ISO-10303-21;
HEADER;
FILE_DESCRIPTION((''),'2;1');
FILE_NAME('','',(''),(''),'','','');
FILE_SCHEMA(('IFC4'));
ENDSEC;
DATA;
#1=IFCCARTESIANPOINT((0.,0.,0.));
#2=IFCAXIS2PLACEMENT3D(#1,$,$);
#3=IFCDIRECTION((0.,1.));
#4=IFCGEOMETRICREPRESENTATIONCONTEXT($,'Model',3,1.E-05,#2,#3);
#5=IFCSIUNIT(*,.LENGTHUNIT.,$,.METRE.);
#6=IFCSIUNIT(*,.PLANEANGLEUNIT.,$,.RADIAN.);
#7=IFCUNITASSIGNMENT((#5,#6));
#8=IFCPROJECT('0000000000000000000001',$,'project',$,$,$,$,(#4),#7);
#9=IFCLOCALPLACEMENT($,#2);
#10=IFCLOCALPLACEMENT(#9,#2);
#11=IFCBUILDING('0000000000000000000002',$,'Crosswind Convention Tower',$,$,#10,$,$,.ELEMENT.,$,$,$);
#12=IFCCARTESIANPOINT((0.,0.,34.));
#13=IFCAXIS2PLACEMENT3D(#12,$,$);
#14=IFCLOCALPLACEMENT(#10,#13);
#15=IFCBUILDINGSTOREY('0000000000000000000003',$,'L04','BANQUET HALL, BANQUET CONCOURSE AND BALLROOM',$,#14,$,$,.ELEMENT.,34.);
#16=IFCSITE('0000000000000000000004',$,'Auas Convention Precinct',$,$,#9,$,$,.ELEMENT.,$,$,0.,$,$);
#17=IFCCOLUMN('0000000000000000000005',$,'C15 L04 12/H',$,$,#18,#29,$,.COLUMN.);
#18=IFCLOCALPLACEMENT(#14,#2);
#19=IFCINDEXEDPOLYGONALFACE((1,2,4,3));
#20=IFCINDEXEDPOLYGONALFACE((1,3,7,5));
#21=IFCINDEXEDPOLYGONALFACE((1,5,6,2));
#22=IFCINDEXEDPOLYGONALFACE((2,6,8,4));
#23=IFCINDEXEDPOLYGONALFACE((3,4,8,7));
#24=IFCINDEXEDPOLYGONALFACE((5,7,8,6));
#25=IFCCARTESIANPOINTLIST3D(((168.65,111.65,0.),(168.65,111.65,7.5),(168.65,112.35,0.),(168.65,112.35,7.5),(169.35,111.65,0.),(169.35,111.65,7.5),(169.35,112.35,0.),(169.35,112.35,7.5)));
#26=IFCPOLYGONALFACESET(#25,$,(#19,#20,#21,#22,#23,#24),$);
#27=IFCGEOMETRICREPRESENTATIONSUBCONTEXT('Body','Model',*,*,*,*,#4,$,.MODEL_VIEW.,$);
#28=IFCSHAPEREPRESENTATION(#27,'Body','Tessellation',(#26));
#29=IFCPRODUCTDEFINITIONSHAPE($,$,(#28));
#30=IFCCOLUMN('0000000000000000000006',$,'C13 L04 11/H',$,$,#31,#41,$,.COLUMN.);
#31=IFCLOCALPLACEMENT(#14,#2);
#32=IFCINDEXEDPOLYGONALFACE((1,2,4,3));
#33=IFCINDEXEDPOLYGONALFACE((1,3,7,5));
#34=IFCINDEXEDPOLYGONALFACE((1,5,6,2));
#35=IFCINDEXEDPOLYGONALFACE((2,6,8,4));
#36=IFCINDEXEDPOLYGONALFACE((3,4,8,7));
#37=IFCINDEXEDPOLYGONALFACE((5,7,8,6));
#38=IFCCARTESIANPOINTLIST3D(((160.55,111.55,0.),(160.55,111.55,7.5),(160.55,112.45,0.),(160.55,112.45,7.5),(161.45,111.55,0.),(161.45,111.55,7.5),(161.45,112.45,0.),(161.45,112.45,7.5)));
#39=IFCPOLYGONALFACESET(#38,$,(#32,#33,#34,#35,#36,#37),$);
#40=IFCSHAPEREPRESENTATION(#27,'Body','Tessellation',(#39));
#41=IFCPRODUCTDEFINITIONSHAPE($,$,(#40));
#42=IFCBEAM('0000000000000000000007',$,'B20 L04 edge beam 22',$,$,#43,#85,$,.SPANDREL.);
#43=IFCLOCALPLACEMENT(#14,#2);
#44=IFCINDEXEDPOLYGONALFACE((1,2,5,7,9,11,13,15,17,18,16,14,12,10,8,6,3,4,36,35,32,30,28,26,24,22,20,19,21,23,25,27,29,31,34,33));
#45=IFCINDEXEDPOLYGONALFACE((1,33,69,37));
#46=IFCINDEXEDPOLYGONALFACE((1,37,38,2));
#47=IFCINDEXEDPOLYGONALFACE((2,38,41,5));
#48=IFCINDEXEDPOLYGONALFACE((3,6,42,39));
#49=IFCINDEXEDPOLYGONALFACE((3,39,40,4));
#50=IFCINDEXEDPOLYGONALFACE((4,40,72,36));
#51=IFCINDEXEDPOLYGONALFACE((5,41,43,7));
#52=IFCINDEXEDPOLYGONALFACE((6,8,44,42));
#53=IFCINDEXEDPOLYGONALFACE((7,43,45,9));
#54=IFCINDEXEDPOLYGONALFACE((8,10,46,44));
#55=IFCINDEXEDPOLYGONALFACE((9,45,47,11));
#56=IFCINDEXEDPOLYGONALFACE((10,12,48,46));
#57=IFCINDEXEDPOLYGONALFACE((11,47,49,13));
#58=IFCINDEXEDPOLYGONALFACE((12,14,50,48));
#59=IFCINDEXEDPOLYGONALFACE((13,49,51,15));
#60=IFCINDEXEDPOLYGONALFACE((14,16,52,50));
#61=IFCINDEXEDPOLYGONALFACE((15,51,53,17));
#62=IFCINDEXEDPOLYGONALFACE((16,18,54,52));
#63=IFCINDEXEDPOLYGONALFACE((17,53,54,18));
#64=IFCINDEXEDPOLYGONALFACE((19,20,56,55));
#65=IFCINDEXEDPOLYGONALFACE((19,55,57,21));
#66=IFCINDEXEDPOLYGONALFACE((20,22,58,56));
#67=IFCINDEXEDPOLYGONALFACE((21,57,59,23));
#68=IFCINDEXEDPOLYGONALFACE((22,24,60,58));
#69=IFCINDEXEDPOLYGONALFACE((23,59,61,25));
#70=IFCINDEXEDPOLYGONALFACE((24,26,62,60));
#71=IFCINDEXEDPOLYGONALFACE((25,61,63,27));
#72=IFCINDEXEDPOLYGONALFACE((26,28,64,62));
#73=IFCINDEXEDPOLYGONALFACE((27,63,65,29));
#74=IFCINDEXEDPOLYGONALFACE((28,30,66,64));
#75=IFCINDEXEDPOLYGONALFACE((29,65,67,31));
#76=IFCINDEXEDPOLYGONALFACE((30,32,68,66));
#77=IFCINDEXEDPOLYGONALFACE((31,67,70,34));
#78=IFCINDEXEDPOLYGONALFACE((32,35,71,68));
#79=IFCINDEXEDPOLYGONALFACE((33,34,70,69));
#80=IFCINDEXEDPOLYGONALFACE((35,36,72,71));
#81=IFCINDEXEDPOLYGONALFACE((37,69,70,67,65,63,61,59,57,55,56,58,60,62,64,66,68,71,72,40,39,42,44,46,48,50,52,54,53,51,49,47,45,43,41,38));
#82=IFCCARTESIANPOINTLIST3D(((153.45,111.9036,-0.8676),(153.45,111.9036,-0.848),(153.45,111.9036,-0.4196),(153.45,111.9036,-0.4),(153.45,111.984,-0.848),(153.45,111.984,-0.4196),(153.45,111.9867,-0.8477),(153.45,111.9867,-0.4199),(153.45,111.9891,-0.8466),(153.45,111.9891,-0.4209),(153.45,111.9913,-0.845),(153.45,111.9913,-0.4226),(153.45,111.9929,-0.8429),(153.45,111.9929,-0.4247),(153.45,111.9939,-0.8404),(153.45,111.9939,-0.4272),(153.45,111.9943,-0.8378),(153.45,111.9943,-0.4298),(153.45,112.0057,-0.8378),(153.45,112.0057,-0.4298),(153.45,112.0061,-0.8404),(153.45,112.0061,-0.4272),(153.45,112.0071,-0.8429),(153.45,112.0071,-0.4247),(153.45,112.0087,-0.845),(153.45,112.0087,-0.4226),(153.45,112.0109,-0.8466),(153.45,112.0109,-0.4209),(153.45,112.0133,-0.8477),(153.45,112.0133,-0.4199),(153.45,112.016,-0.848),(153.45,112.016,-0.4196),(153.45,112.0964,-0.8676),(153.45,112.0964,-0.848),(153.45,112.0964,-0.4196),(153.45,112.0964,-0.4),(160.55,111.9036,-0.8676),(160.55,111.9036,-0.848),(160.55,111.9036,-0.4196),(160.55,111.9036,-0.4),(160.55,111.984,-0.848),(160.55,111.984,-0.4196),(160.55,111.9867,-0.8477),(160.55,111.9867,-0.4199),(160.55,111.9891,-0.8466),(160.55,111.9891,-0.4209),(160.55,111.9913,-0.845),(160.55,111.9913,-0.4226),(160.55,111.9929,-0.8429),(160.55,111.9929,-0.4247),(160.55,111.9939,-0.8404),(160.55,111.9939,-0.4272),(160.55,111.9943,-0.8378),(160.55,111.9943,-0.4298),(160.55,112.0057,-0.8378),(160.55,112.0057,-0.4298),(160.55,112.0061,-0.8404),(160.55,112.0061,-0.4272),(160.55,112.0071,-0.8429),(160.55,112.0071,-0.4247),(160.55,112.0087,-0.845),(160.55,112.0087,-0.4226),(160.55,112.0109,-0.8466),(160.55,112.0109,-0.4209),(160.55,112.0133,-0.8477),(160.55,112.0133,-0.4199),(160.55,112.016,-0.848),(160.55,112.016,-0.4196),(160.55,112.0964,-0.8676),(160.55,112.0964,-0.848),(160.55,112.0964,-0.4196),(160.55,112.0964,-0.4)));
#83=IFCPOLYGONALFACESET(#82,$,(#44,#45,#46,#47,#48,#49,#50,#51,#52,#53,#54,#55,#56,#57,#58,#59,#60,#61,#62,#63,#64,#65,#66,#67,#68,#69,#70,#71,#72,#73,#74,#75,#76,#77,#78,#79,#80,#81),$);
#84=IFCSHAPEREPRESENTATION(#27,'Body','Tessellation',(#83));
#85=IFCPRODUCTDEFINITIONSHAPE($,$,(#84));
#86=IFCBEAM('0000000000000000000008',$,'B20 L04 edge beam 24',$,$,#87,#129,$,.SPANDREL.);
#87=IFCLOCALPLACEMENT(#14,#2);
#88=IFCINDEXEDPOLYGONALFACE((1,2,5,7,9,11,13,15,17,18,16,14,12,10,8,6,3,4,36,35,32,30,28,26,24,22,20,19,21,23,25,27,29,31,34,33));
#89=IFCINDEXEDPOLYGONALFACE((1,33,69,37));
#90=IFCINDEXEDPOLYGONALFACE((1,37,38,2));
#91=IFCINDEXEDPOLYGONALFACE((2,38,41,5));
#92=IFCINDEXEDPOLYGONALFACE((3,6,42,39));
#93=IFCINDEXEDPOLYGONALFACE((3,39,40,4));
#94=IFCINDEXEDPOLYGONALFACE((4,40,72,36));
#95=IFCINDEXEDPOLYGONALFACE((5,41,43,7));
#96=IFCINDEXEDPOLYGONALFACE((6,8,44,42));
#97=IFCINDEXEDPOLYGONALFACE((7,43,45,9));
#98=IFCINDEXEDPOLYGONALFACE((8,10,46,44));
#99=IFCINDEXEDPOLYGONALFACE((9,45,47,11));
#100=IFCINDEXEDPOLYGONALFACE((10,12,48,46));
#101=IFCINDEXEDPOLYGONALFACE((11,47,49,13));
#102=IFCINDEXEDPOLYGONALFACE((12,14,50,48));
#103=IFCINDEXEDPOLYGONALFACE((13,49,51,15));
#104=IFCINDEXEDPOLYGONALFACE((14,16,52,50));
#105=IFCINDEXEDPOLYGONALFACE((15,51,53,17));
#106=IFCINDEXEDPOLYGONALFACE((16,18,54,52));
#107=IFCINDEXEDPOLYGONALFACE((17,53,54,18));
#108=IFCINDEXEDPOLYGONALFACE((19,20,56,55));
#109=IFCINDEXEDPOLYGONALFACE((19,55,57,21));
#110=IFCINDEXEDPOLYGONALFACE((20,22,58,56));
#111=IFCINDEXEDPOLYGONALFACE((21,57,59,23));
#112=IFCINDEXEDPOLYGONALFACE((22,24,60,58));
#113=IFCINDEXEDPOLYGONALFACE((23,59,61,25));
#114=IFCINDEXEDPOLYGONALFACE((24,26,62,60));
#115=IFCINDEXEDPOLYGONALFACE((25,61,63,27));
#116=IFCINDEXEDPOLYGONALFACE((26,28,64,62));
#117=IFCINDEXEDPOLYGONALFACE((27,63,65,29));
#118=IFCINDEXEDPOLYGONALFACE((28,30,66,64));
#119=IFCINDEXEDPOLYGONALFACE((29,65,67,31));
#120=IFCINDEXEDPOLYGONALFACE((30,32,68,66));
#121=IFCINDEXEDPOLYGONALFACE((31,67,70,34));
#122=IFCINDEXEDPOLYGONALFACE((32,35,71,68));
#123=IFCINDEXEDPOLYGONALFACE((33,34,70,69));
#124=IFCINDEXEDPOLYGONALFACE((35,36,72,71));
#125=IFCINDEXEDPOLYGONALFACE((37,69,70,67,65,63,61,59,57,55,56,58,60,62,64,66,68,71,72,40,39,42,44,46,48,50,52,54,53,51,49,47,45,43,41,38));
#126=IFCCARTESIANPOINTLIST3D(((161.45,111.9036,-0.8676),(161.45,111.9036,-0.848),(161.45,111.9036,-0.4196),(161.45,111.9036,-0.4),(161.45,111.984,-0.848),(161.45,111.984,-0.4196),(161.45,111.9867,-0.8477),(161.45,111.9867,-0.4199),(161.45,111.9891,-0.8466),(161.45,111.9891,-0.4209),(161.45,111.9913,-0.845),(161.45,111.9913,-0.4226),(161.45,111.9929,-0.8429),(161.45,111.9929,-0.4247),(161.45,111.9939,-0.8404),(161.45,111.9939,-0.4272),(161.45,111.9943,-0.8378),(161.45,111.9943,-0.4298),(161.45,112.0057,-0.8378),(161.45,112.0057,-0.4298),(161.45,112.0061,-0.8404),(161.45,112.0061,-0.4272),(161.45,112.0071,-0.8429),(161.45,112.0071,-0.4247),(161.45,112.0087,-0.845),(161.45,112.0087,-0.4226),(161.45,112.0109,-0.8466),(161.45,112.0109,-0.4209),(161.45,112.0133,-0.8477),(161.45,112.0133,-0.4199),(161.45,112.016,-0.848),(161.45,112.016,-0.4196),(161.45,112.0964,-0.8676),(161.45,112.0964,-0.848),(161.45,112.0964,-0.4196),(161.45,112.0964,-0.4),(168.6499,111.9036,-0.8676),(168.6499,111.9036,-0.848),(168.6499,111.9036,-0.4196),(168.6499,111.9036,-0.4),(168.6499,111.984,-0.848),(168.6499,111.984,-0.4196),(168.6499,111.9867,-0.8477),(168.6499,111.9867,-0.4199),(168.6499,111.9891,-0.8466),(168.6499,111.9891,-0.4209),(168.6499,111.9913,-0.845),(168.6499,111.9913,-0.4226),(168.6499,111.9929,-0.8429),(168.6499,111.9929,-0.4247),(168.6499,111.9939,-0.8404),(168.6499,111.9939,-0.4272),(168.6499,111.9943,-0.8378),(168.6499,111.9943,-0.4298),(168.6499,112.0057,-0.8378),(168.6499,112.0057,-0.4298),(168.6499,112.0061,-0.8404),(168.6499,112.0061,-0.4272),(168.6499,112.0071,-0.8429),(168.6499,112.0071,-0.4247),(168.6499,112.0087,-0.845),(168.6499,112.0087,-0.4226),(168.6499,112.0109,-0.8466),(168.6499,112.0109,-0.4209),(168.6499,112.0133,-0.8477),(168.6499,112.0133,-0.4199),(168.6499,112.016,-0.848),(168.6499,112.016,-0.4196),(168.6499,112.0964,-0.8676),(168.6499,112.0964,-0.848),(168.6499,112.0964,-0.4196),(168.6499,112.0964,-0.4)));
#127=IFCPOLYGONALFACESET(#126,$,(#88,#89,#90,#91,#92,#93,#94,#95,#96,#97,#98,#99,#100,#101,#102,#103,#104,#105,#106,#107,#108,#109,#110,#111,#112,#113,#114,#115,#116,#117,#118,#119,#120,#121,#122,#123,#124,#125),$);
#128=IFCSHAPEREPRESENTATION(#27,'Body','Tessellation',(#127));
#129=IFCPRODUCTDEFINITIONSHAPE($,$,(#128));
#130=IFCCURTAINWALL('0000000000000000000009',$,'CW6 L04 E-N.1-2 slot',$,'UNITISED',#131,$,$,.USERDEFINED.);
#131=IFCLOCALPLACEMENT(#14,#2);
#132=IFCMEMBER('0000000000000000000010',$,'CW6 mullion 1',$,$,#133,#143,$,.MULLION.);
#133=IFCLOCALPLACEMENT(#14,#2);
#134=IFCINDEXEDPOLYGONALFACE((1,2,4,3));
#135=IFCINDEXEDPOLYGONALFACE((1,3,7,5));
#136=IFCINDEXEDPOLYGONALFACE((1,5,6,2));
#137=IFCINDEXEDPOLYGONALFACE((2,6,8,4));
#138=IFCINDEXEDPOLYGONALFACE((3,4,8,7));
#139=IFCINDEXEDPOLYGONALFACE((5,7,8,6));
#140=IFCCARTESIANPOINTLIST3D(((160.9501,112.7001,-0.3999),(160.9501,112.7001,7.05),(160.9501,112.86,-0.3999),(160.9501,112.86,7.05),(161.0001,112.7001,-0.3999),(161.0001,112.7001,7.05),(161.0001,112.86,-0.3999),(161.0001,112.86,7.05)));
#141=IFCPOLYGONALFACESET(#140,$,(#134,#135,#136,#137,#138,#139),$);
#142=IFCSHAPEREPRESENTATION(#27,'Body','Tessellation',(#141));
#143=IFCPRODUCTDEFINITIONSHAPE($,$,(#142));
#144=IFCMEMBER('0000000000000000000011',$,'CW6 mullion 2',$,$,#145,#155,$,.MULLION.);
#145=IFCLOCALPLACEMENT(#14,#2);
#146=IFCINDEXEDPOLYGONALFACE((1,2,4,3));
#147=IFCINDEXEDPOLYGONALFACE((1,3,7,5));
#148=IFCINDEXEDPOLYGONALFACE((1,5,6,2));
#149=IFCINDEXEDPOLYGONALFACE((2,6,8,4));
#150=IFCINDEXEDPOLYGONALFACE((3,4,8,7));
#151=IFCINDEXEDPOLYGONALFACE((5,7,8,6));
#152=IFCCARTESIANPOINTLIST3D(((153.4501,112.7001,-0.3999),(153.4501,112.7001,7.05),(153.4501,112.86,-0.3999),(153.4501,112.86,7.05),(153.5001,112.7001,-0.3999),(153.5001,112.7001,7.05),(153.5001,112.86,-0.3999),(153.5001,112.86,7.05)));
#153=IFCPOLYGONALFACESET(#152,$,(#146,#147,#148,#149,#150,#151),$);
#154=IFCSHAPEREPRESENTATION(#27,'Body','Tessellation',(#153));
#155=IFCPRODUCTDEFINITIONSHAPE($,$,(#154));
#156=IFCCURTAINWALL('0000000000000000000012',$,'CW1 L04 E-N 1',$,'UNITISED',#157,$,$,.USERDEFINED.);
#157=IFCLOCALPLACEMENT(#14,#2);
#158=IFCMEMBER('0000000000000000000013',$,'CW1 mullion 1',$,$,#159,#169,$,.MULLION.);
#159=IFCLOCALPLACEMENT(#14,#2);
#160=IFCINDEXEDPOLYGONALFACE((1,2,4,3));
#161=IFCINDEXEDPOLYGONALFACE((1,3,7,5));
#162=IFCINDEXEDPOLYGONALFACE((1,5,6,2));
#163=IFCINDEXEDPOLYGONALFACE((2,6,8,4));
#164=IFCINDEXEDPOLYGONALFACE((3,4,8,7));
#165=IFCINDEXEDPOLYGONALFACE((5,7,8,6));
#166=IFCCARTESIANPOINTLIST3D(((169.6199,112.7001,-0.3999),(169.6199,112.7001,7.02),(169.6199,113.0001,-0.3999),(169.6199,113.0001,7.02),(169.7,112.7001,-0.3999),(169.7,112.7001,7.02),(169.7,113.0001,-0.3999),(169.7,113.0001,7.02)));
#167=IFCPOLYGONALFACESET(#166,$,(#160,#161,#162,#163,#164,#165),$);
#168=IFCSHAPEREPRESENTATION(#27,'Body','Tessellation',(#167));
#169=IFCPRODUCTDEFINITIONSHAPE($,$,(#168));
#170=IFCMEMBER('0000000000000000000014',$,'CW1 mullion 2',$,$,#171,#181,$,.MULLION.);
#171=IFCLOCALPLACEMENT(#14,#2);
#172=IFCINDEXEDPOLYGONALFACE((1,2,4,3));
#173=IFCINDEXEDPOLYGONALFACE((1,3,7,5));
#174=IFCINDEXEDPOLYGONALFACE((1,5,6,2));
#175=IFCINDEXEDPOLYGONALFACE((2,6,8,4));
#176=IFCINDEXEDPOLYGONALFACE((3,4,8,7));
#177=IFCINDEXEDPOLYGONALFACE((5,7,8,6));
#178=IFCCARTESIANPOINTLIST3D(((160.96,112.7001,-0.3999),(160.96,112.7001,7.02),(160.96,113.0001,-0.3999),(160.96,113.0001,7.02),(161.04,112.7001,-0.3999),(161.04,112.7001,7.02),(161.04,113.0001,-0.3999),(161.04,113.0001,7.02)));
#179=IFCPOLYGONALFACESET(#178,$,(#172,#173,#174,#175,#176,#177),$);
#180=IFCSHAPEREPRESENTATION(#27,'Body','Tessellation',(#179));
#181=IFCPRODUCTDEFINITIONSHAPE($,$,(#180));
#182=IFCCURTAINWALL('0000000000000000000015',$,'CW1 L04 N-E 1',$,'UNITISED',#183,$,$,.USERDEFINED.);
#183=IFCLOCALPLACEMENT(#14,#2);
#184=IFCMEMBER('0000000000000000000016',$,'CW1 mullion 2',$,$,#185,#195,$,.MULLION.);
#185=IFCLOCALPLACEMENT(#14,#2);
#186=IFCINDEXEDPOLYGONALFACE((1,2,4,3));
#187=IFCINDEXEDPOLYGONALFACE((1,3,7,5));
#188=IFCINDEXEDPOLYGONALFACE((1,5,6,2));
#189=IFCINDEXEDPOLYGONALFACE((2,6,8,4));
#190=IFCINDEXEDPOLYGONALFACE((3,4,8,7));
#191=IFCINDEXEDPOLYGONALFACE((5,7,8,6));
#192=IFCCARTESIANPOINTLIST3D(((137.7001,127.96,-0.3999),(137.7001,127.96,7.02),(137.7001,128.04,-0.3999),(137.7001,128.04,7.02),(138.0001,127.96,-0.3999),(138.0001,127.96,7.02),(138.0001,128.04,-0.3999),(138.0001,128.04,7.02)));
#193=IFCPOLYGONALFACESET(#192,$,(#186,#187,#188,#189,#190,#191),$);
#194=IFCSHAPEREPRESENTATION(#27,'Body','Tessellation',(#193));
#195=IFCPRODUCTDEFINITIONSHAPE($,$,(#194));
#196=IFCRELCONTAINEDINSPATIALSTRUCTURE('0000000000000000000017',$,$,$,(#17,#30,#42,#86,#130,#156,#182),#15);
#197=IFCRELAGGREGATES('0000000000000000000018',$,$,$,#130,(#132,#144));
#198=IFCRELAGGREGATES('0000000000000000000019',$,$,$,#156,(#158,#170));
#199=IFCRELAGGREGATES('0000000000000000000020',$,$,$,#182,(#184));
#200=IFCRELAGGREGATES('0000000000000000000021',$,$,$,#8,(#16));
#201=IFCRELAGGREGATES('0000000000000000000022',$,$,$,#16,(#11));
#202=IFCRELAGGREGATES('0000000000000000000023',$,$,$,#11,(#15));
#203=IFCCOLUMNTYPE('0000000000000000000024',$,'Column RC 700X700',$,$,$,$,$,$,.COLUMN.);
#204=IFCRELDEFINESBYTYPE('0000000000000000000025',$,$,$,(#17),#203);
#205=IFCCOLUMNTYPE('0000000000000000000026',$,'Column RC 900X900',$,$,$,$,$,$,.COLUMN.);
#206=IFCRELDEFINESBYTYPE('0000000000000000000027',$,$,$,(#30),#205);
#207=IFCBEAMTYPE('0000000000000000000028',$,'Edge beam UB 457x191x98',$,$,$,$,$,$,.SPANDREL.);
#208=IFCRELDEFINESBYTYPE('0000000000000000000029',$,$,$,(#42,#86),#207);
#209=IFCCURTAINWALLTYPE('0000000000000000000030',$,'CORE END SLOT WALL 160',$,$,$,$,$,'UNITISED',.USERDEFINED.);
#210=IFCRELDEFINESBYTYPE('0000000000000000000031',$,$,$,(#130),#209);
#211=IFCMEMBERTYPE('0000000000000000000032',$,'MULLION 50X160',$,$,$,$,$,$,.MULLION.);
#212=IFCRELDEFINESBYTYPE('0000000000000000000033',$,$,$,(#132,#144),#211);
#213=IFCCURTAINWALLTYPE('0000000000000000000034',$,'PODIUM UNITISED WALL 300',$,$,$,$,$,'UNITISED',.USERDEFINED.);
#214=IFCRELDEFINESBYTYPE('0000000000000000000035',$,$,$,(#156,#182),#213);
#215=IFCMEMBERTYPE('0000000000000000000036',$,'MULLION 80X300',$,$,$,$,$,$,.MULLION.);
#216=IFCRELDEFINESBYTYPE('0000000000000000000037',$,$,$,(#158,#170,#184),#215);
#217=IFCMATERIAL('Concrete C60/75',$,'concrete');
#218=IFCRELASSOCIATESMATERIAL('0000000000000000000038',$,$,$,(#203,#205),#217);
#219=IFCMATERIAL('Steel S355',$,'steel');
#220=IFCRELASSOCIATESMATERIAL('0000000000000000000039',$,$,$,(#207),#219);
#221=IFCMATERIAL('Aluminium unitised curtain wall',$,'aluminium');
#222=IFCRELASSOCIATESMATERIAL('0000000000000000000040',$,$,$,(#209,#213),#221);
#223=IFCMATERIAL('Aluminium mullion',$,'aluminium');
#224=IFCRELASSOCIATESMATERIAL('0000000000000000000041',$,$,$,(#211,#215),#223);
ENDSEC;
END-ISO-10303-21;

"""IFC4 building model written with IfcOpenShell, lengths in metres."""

from ifc_helpers import new_model, si_unit, direction, frame, origin, origin_2d, place, context, subcontext, project, spatial, rectangle, i_section, extrude, material, material_profile, profile_set, type_object, element, aggregate, save


model = new_model("IFC4")

# Units and contexts
model_context = context("Model", 3, precision=1e-05, world=origin(), true_north=direction((0.0, 1.0)))
body_context = subcontext(model_context, "Body", "Model", "MODEL_VIEW")
ifc_project = project(units=[si_unit("LENGTHUNIT", "METRE"), si_unit("PLANEANGLEUNIT", "RADIAN")], contexts=[model_context])

# Site, building, storey
site_placement = place(None, origin())
site = spatial("IfcSite", under=ifc_project, at=site_placement, Name="Auas Convention Precinct", CompositionType="ELEMENT", RefElevation=0.0)
building_placement = place(site_placement, origin())
building = spatial("IfcBuilding", under=site, at=building_placement, Name="Crosswind Convention Tower", CompositionType="ELEMENT")
storey_placement = place(building_placement, frame((0.0, 0.0, 34.0)))
storey = spatial("IfcBuildingStorey", under=building, at=storey_placement, Name="L04", Description="BANQUET HALL, BANQUET CONCOURSE AND BALLROOM", CompositionType="ELEMENT", Elevation=34.0)

# Columns
ifc_material_1 = material(Name="Concrete C60/75", Category="concrete")
ifc_material_profile_1 = material_profile(ifc_material_1, rectangle(XDim=0.7, YDim=0.7, at=origin_2d()), Name="RC 700X700")
ifc_profile_set_1 = profile_set([ifc_material_profile_1], Name="Concrete C60/75")
column_type_1 = type_object("IfcColumnType", Name="Column RC 700X700", PredefinedType="COLUMN", material=ifc_profile_set_1)
column_1_placement = place(storey_placement, frame((169.0, 112.0, 0.0), z_axis=(0.0, 0.0, 1.0), x_axis=(1.0, 0.0, 0.0)))
element("IfcColumn", 1, at=column_1_placement, inside=storey, type_object=column_type_1, Name="C15 L04 12/H", PredefinedType="COLUMN", context=body_context, shape_type="SweptSolid", body=[
    extrude(rectangle(XDim=0.7, YDim=0.7, at=origin_2d()), origin(), (0.0, 0.0, 1.0), 7.5),
])
ifc_material_profile_2 = material_profile(ifc_material_1, rectangle(XDim=0.8999, YDim=0.8999, at=origin_2d()), Name="RC 900X900")
ifc_profile_set_2 = profile_set([ifc_material_profile_2], Name="Concrete C60/75")
column_type_2 = type_object("IfcColumnType", Name="Column RC 900X900", PredefinedType="COLUMN", material=ifc_profile_set_2)
column_2_placement = place(storey_placement, frame((161.0, 112.0, 0.0), z_axis=(0.0, 0.0, 1.0), x_axis=(1.0, 0.0, 0.0)))
element("IfcColumn", 2, at=column_2_placement, inside=storey, type_object=column_type_2, Name="C13 L04 11/H", PredefinedType="COLUMN", context=body_context, shape_type="SweptSolid", body=[
    extrude(rectangle(XDim=0.8999, YDim=0.8999, at=origin_2d()), origin(), (0.0, 0.0, 1.0), 7.5),
])

# Beams
ifc_material_2 = material(Name="Steel S355", Category="steel")
ifc_material_profile_3 = material_profile(ifc_material_2, i_section(OverallWidth=0.1929, OverallDepth=0.4675, WebThickness=0.0115, FlangeThickness=0.0195, FilletRadius=0.0103, at=origin_2d()), Name="UB 457x191x98")
ifc_profile_set_3 = profile_set([ifc_material_profile_3], Name="Steel S355")
beam_type_1 = type_object("IfcBeamType", Name="Edge beam UB 457x191x98", PredefinedType="SPANDREL", material=ifc_profile_set_3)
beam_1_placement = place(storey_placement, frame((153.45, 112.0, -0.6338), z_axis=(1.0, 0.0, 0.0), x_axis=(0.0, 1.0, 0.0)))
element("IfcBeam", 3, at=beam_1_placement, inside=storey, type_object=beam_type_1, Name="B20 L04 edge beam 22", PredefinedType="SPANDREL", context=body_context, shape_type="SweptSolid", body=[
    extrude(i_section(OverallWidth=0.1929, OverallDepth=0.4675, WebThickness=0.0115, FlangeThickness=0.0195, FilletRadius=0.0103, at=origin_2d()), origin(), (0.0, 0.0, 1.0), 7.1001),
])
beam_2_placement = place(storey_placement, frame((161.45, 112.0, -0.6338), z_axis=(1.0, 0.0, 0.0), x_axis=(0.0, 1.0, 0.0)))
element("IfcBeam", 4, at=beam_2_placement, inside=storey, type_object=beam_type_1, Name="B20 L04 edge beam 24", PredefinedType="SPANDREL", context=body_context, shape_type="SweptSolid", body=[
    extrude(i_section(OverallWidth=0.1929, OverallDepth=0.4675, WebThickness=0.0115, FlangeThickness=0.0195, FilletRadius=0.0103, at=origin_2d()), origin(), (0.0, 0.0, 1.0), 7.2),
])

# Curtain walls, members
ifc_material_3 = material(Name="Aluminium unitised curtain wall", Category="aluminium")
curtain_wall_type_1 = type_object("IfcCurtainWallType", Name="CORE END SLOT WALL 160", ElementType="UNITISED", PredefinedType="USERDEFINED", material=ifc_material_3)
curtain_wall_1_placement = place(storey_placement, origin())
curtain_wall_1 = element("IfcCurtainWall", 5, at=curtain_wall_1_placement, inside=storey, type_object=curtain_wall_type_1, Name="CW6 L04 E-N.1-2 slot", ObjectType="UNITISED", PredefinedType="USERDEFINED")
ifc_material_4 = material(Name="Aluminium mullion", Category="aluminium")
ifc_material_profile_4 = material_profile(ifc_material_4, rectangle(XDim=0.1599, YDim=0.05, at=origin_2d()), Name="AL 160X50")
ifc_profile_set_4 = profile_set([ifc_material_profile_4], Name="Aluminium mullion")
member_type_1 = type_object("IfcMemberType", Name="MULLION 50X160", PredefinedType="MULLION", material=ifc_profile_set_4)
member_1_placement = place(storey_placement, frame((160.9751, 112.78, -0.3999), z_axis=(0.0, 0.0, 1.0), x_axis=(0.0, 1.0, 0.0)))
member_1 = element("IfcMember", 6, at=member_1_placement, type_object=member_type_1, Name="CW6 mullion 1", PredefinedType="MULLION", context=body_context, shape_type="SweptSolid", body=[
    extrude(rectangle(XDim=0.1599, YDim=0.05, at=origin_2d()), origin(), (0.0, 0.0, 1.0), 7.45),
])
member_2_placement = place(storey_placement, frame((153.4751, 112.78, -0.3999), z_axis=(0.0, 0.0, 1.0), x_axis=(0.0, 1.0, 0.0)))
member_2 = element("IfcMember", 7, at=member_2_placement, type_object=member_type_1, Name="CW6 mullion 2", PredefinedType="MULLION", context=body_context, shape_type="SweptSolid", body=[
    extrude(rectangle(XDim=0.1599, YDim=0.05, at=origin_2d()), origin(), (0.0, 0.0, 1.0), 7.45),
])
curtain_wall_type_2 = type_object("IfcCurtainWallType", Name="PODIUM UNITISED WALL 300", ElementType="UNITISED", PredefinedType="USERDEFINED", material=ifc_material_3)
curtain_wall_2_placement = place(storey_placement, origin())
curtain_wall_2 = element("IfcCurtainWall", 8, at=curtain_wall_2_placement, inside=storey, type_object=curtain_wall_type_2, Name="CW1 L04 E-N 1", ObjectType="UNITISED", PredefinedType="USERDEFINED")
ifc_material_profile_5 = material_profile(ifc_material_4, rectangle(XDim=0.3, YDim=0.0801, at=origin_2d()), Name="AL 300X80")
ifc_profile_set_5 = profile_set([ifc_material_profile_5], Name="Aluminium mullion")
member_type_2 = type_object("IfcMemberType", Name="MULLION 80X300", PredefinedType="MULLION", material=ifc_profile_set_5)
member_3_placement = place(storey_placement, frame((169.6599, 112.8501, -0.3999), z_axis=(0.0, 0.0, 1.0), x_axis=(0.0, 1.0, 0.0)))
member_3 = element("IfcMember", 9, at=member_3_placement, type_object=member_type_2, Name="CW1 mullion 1", PredefinedType="MULLION", context=body_context, shape_type="SweptSolid", body=[
    extrude(rectangle(XDim=0.3, YDim=0.0801, at=origin_2d()), origin(), (0.0, 0.0, 1.0), 7.4199),
])
member_4_placement = place(storey_placement, frame((161.0, 112.8501, -0.3999), z_axis=(0.0, 0.0, 1.0), x_axis=(0.0, 1.0, 0.0)))
member_4 = element("IfcMember", 10, at=member_4_placement, type_object=member_type_2, Name="CW1 mullion 2", PredefinedType="MULLION", context=body_context, shape_type="SweptSolid", body=[
    extrude(rectangle(XDim=0.3, YDim=0.0801, at=origin_2d()), origin(), (0.0, 0.0, 1.0), 7.4199),
])
curtain_wall_3_placement = place(storey_placement, origin())
curtain_wall_3 = element("IfcCurtainWall", 11, at=curtain_wall_3_placement, inside=storey, type_object=curtain_wall_type_2, Name="CW1 L04 N-E 1", ObjectType="UNITISED", PredefinedType="USERDEFINED")
member_5_placement = place(storey_placement, frame((137.8501, 128.0, -0.3999), z_axis=(0.0, 0.0, 1.0), x_axis=(1.0, 0.0, 0.0)))
member_5 = element("IfcMember", 12, at=member_5_placement, type_object=member_type_2, Name="CW1 mullion 2", PredefinedType="MULLION", context=body_context, shape_type="SweptSolid", body=[
    extrude(rectangle(XDim=0.3, YDim=0.0801, at=origin_2d()), origin(), (0.0, 0.0, 1.0), 7.4199),
])

aggregate(curtain_wall_1, [member_1, member_2])

aggregate(curtain_wall_2, [member_3, member_4])
aggregate(curtain_wall_3, [member_5])

save(model, "model.ifc")
